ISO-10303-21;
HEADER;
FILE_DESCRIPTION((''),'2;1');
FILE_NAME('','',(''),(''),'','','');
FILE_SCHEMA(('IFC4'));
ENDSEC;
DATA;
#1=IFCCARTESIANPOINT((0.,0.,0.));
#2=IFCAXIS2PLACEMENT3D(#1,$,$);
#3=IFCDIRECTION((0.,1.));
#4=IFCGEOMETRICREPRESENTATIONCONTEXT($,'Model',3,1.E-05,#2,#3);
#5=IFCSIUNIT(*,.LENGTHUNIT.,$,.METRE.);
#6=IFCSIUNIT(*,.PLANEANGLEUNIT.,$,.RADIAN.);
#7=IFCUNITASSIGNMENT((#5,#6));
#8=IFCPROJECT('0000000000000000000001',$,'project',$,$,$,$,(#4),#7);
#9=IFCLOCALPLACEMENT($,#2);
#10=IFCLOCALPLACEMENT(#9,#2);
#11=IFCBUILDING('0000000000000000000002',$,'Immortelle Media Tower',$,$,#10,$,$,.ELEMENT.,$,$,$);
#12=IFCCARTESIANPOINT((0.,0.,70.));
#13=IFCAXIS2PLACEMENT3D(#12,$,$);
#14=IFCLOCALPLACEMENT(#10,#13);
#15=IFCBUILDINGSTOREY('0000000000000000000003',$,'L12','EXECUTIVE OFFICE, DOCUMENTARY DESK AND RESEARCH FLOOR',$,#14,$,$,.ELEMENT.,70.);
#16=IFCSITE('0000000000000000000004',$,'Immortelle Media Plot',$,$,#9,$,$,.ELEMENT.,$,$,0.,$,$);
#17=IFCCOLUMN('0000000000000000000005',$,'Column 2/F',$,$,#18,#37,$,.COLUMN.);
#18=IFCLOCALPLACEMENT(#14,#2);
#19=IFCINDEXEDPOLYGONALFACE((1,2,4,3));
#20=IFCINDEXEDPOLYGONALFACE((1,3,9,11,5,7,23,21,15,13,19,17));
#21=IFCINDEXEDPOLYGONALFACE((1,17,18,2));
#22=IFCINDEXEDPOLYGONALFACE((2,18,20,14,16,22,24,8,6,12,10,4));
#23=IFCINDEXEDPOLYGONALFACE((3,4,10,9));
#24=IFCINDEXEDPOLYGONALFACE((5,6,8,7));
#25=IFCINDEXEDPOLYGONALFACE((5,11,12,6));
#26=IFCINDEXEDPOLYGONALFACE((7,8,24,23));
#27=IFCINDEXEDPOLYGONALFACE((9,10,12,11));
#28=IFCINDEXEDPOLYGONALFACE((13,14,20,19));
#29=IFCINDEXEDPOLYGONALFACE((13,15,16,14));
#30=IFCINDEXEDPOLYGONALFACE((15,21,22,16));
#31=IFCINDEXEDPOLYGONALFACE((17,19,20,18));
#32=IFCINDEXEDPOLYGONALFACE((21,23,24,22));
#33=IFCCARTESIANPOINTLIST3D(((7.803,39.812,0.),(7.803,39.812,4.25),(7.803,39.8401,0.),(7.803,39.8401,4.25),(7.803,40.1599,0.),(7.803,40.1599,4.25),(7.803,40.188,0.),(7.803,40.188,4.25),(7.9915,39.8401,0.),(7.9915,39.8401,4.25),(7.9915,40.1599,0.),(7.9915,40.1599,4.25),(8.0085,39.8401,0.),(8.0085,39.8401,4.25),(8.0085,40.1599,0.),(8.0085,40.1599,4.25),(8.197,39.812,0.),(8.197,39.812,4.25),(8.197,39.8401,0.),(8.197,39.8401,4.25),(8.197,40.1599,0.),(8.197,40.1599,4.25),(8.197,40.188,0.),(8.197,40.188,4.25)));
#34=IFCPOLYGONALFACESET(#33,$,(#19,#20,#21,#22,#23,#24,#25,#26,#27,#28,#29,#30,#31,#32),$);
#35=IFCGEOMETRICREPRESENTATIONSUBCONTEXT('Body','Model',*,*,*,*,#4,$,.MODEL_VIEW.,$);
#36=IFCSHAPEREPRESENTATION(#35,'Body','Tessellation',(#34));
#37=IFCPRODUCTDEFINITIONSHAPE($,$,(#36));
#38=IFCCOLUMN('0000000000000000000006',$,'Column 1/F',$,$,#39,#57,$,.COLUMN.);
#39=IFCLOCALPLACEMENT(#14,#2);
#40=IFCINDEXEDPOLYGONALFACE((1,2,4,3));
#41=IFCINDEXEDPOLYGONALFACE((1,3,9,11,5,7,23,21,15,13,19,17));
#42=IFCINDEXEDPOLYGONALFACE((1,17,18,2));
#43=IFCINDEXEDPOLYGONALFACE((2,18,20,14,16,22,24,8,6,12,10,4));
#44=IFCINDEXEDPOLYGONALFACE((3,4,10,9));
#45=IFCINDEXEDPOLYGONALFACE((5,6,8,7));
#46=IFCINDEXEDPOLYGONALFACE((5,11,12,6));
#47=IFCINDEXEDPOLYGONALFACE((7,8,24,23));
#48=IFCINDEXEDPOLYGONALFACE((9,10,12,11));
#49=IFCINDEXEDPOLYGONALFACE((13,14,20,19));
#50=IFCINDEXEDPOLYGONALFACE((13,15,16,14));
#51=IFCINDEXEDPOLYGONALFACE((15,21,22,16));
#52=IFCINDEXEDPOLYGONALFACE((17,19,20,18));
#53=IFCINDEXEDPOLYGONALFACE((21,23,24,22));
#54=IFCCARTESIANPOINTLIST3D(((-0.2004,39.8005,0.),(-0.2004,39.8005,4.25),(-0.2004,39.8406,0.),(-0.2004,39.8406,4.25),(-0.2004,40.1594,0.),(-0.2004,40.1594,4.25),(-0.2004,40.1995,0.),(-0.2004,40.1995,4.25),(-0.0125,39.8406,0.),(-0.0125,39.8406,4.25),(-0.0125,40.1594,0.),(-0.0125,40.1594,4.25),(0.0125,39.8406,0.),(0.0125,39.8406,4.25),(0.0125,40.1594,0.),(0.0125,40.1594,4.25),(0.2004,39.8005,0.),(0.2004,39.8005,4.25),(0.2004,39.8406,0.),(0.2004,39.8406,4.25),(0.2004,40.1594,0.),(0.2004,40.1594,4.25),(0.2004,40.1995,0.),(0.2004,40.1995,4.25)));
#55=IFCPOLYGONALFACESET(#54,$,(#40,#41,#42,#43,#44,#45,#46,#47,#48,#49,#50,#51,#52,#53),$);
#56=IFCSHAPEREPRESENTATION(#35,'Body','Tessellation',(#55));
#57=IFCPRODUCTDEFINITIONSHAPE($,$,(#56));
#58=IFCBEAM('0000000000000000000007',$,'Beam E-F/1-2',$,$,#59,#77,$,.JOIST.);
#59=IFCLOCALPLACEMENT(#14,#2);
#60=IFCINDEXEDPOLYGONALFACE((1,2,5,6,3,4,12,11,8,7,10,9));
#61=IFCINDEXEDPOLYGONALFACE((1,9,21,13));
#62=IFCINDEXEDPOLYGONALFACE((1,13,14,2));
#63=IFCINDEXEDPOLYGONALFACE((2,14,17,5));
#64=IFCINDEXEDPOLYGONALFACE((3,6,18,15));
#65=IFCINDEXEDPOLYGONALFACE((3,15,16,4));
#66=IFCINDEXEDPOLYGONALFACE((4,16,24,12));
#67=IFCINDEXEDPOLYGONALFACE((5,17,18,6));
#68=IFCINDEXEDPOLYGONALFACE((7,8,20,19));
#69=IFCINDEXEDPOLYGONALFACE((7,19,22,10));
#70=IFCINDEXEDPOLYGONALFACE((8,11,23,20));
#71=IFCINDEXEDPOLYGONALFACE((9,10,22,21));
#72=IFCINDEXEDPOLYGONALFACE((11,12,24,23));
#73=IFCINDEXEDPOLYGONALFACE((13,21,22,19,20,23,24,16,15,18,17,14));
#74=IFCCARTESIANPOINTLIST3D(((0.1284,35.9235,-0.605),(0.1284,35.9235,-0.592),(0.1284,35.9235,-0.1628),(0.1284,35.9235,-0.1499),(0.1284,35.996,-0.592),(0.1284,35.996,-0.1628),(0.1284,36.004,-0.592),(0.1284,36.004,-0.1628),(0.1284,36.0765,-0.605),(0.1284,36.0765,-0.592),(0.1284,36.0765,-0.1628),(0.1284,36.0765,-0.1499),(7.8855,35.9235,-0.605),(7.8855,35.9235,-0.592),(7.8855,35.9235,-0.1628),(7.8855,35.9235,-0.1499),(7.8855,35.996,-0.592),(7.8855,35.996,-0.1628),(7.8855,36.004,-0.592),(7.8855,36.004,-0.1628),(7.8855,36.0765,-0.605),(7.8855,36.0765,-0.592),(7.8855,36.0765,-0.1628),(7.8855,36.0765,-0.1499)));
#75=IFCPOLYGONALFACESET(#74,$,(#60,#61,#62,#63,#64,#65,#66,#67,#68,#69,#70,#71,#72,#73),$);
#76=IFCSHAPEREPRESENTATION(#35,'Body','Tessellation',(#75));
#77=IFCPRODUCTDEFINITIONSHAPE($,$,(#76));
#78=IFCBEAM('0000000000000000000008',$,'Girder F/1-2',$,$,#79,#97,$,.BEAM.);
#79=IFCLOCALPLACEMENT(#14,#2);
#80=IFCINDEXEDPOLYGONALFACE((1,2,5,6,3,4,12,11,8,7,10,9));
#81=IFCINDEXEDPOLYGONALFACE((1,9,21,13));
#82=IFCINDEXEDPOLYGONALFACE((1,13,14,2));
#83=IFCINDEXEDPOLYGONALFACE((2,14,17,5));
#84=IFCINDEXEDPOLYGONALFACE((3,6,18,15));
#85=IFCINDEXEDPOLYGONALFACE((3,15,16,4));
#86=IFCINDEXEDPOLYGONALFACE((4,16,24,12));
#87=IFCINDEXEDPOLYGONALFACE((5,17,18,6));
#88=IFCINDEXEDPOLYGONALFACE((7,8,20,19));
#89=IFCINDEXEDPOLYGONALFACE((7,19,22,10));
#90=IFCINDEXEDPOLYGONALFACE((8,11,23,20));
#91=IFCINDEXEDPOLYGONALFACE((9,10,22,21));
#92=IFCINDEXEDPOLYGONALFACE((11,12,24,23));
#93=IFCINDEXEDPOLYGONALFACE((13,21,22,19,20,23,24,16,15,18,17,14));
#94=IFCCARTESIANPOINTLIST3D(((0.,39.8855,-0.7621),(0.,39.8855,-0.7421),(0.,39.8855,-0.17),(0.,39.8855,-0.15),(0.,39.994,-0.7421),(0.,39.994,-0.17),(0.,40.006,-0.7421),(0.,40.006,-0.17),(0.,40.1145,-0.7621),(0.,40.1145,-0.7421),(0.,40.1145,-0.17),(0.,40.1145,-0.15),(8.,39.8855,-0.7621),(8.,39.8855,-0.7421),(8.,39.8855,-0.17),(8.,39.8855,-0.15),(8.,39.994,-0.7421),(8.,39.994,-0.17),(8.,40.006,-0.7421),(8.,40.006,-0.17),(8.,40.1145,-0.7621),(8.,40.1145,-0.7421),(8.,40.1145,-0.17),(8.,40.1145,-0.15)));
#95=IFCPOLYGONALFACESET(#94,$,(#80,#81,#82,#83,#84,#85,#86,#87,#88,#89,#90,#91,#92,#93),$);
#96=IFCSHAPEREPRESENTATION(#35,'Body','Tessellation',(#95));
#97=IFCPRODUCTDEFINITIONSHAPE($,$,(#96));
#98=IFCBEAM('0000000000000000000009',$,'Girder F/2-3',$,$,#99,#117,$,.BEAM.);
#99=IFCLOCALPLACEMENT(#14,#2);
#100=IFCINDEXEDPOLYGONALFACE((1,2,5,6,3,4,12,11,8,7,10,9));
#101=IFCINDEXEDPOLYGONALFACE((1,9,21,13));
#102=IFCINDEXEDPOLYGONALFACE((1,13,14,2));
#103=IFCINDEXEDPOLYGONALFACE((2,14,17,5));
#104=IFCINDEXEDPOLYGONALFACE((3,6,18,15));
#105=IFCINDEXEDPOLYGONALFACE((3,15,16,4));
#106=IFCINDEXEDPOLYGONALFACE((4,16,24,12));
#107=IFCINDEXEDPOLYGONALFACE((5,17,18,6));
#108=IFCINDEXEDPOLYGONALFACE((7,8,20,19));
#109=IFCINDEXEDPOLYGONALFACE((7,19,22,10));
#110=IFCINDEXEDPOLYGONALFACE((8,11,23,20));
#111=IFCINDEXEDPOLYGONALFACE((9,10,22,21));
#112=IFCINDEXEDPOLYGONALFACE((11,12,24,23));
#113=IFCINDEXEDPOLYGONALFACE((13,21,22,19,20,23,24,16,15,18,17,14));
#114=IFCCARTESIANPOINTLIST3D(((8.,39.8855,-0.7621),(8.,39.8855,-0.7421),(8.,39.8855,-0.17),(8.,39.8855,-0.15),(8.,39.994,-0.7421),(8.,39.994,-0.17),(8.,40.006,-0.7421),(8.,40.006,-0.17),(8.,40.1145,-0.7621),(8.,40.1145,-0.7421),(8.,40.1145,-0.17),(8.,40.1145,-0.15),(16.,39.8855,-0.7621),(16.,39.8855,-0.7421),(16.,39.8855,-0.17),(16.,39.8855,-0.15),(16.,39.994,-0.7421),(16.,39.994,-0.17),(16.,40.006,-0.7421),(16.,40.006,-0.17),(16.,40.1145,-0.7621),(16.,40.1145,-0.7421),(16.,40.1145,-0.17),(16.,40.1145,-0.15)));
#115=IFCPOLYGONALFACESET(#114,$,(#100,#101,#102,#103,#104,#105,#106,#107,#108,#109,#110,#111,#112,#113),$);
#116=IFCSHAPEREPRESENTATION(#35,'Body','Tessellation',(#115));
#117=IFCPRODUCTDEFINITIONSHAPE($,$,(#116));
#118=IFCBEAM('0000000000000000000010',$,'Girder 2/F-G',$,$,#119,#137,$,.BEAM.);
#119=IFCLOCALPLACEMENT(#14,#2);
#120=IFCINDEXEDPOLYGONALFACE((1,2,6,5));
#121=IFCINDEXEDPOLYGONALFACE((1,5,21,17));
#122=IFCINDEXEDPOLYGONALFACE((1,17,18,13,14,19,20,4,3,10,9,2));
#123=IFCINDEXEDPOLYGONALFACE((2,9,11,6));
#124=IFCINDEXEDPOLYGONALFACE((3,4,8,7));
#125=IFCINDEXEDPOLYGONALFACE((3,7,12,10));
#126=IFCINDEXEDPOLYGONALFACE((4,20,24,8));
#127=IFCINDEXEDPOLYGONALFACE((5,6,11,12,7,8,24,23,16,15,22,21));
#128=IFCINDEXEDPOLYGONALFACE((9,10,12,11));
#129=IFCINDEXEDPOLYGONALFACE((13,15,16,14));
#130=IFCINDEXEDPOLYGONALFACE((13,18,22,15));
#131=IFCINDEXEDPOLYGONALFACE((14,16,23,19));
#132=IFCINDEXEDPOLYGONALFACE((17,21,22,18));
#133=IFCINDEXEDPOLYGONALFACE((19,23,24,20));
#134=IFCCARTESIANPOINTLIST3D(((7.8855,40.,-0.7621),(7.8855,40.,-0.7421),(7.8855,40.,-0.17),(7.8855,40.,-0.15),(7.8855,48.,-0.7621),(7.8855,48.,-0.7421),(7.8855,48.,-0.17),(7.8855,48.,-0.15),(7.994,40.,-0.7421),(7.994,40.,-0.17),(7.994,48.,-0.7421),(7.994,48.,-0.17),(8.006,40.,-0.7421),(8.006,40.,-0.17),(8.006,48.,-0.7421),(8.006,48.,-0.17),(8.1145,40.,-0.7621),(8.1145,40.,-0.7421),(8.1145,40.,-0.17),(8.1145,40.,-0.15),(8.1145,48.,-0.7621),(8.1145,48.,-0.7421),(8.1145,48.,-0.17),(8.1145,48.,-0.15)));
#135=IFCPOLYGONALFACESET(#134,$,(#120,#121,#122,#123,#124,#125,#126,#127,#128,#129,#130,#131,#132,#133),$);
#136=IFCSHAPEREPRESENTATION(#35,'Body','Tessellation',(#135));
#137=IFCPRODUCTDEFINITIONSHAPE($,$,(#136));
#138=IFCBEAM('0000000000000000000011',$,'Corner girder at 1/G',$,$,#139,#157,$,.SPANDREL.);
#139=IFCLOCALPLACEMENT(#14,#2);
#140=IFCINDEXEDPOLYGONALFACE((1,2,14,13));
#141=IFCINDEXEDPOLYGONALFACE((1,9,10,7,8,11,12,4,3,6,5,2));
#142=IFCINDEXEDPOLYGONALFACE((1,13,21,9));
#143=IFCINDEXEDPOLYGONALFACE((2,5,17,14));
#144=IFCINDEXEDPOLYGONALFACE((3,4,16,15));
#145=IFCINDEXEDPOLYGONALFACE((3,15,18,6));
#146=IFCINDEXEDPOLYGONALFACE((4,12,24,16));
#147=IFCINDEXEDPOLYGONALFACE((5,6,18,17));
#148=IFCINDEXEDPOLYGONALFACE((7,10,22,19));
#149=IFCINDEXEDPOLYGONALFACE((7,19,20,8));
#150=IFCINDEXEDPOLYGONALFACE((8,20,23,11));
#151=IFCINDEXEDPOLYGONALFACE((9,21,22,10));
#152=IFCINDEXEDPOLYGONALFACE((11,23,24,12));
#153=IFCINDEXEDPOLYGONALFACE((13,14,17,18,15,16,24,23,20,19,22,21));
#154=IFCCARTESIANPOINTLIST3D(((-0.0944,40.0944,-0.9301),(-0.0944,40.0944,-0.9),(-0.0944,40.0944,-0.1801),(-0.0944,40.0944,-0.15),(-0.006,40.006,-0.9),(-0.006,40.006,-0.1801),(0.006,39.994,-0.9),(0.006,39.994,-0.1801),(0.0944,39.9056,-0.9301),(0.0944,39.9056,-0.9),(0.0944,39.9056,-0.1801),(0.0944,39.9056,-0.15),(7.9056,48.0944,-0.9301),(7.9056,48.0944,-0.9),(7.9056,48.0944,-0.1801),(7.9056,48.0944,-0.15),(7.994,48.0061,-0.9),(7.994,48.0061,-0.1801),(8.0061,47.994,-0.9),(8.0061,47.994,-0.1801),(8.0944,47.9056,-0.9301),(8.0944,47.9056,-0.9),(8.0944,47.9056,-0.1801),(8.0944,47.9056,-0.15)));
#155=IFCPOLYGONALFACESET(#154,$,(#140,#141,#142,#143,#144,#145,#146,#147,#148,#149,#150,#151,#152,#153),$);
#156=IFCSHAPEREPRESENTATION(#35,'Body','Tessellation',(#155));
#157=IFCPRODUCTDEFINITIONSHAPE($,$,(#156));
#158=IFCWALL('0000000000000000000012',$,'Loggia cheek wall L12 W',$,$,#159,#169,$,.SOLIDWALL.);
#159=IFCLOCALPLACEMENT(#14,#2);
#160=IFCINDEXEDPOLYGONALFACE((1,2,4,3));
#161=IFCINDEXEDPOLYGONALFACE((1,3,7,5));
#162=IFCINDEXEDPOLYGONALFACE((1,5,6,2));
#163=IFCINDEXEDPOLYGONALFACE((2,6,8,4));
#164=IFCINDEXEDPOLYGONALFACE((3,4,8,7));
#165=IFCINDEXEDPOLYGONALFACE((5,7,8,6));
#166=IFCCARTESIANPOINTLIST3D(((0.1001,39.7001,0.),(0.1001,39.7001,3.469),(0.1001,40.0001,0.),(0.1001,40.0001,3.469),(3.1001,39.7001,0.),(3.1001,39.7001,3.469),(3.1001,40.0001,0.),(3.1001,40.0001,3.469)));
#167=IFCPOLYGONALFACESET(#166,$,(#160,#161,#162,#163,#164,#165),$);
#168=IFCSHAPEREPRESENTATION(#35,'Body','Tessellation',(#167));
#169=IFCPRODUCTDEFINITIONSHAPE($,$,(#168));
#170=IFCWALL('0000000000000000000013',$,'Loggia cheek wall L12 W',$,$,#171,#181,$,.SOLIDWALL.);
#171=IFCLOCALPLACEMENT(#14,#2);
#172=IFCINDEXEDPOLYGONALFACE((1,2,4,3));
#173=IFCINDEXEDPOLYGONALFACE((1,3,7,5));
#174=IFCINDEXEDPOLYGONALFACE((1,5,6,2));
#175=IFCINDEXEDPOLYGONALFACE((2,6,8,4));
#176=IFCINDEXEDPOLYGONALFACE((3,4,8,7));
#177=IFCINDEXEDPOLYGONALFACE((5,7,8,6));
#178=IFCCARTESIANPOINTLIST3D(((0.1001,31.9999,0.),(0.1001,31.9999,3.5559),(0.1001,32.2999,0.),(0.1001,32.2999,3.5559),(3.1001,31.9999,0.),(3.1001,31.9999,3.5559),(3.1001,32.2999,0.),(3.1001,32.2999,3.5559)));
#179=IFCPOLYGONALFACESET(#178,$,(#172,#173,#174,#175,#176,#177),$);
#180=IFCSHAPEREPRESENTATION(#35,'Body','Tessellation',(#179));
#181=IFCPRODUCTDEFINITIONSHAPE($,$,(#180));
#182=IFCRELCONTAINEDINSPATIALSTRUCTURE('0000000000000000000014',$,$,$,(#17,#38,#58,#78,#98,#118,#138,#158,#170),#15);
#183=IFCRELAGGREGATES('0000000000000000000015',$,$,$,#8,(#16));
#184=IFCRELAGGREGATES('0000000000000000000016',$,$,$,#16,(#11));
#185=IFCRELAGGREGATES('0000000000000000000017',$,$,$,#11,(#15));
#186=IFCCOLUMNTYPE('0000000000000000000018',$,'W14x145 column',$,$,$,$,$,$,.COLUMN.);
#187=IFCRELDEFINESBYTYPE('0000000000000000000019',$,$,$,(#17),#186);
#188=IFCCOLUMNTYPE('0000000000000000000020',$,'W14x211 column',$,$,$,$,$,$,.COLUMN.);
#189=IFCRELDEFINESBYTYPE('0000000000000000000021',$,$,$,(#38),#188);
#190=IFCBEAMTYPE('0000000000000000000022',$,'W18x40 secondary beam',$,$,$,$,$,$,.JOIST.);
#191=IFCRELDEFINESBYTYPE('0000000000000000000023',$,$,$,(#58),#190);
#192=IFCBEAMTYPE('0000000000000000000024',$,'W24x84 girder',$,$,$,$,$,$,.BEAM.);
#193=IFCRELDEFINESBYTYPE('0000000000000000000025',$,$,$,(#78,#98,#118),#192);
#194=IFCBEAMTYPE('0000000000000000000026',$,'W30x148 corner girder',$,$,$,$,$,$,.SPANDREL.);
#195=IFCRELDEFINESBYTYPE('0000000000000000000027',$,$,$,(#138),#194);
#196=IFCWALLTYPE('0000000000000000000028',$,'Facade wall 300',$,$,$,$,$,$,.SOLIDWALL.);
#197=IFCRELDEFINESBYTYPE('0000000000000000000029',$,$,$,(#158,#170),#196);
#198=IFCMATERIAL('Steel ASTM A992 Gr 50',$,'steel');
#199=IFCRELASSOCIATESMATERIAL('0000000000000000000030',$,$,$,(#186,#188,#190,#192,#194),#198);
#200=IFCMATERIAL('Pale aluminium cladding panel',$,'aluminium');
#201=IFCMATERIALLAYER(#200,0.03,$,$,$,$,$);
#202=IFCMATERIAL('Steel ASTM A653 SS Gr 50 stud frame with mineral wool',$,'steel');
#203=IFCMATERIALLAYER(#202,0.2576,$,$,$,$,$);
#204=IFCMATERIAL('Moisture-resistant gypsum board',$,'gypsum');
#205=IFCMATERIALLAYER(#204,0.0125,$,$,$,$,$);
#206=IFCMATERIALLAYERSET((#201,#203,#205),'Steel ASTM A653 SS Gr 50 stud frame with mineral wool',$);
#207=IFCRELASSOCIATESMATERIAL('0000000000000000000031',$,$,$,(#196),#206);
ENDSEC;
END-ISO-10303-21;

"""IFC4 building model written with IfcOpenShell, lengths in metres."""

from ifc_helpers import new_model, si_unit, direction, frame, frame_2d, origin, origin_2d, place, context, subcontext, project, spatial, rectangle, i_section, extrude, material, layer, layer_set, material_profile, profile_set, type_object, element, save


model = new_model("IFC4")

# Units and contexts
model_context = context("Model", 3, precision=1e-05, world=origin(), true_north=direction((0.0, 1.0)))
body_context = subcontext(model_context, "Body", "Model", "MODEL_VIEW")
ifc_project = project(units=[si_unit("LENGTHUNIT", "METRE"), si_unit("PLANEANGLEUNIT", "RADIAN")], contexts=[model_context])

# Site, building, storey
site_placement = place(None, origin())
site = spatial("IfcSite", under=ifc_project, at=site_placement, Name="Immortelle Media Plot", CompositionType="ELEMENT", RefElevation=0.0)
building_placement = place(site_placement, origin())
building = spatial("IfcBuilding", under=site, at=building_placement, Name="Immortelle Media Tower", CompositionType="ELEMENT")
storey_placement = place(building_placement, frame((0.0, 0.0, 70.0)))
storey = spatial("IfcBuildingStorey", under=building, at=storey_placement, Name="L12", Description="EXECUTIVE OFFICE, DOCUMENTARY DESK AND RESEARCH FLOOR", CompositionType="ELEMENT", Elevation=70.0)

# Columns
ifc_material_1 = material(Name="Steel ASTM A992 Gr 50", Category="steel")
ifc_material_profile_1 = material_profile(ifc_material_1, i_section(OverallWidth=0.394, OverallDepth=0.376, WebThickness=0.0171, FlangeThickness=0.0281, at=origin_2d()), Name="W14x145")
ifc_profile_set_1 = profile_set([ifc_material_profile_1], Name="Steel ASTM A992 Gr 50")
column_type_1 = type_object("IfcColumnType", Name="W14x145 column", PredefinedType="COLUMN", material=ifc_profile_set_1)
column_1_placement = place(storey_placement, frame((8.0, 40.0, 0.0), z_axis=(0.0, 0.0, 1.0), x_axis=(1.0, 0.0, 0.0)))
element("IfcColumn", 1, at=column_1_placement, inside=storey, type_object=column_type_1, Name="Column 2/F", PredefinedType="COLUMN", context=body_context, shape_type="SweptSolid", body=[
    extrude(i_section(OverallWidth=0.394, OverallDepth=0.376, WebThickness=0.0171, FlangeThickness=0.0281, at=origin_2d()), origin(), (0.0, 0.0, 1.0), 4.25),
])
ifc_material_profile_2 = material_profile(ifc_material_1, i_section(OverallWidth=0.4009, OverallDepth=0.3989, WebThickness=0.0249, FlangeThickness=0.04, at=origin_2d()), Name="W14x211")
ifc_profile_set_2 = profile_set([ifc_material_profile_2], Name="Steel ASTM A992 Gr 50")
column_type_2 = type_object("IfcColumnType", Name="W14x211 column", PredefinedType="COLUMN", material=ifc_profile_set_2)
column_2_placement = place(storey_placement, frame((0.0, 40.0, 0.0), z_axis=(0.0, 0.0, 1.0), x_axis=(1.0, 0.0, 0.0)))
element("IfcColumn", 2, at=column_2_placement, inside=storey, type_object=column_type_2, Name="Column 1/F", PredefinedType="COLUMN", context=body_context, shape_type="SweptSolid", body=[
    extrude(i_section(OverallWidth=0.4009, OverallDepth=0.3989, WebThickness=0.0249, FlangeThickness=0.04, at=origin_2d()), origin(), (0.0, 0.0, 1.0), 4.25),
])

# Beams
ifc_material_profile_3 = material_profile(ifc_material_1, i_section(OverallWidth=0.1531, OverallDepth=0.4551, WebThickness=0.0081, FlangeThickness=0.0129, at=origin_2d()), Name="W18x40")
ifc_profile_set_3 = profile_set([ifc_material_profile_3], Name="Steel ASTM A992 Gr 50")
beam_type_1 = type_object("IfcBeamType", Name="W18x40 secondary beam", PredefinedType="JOIST", material=ifc_profile_set_3)
beam_1_placement = place(storey_placement, frame((0.1284, 36.0, -0.3774), z_axis=(1.0, 0.0, 0.0), x_axis=(0.0, 1.0, 0.0)))
element("IfcBeam", 3, at=beam_1_placement, inside=storey, type_object=beam_type_1, Name="Beam E-F/1-2", PredefinedType="JOIST", context=body_context, shape_type="SweptSolid", body=[
    extrude(i_section(OverallWidth=0.1531, OverallDepth=0.4551, WebThickness=0.0081, FlangeThickness=0.0129, at=origin_2d()), origin(), (0.0, 0.0, 1.0), 7.7571),
])
ifc_material_profile_4 = material_profile(ifc_material_1, i_section(OverallWidth=0.229, OverallDepth=0.6121, WebThickness=0.012, FlangeThickness=0.02, at=origin_2d()), Name="W24x84")
ifc_profile_set_4 = profile_set([ifc_material_profile_4], Name="Steel ASTM A992 Gr 50")
beam_type_2 = type_object("IfcBeamType", Name="W24x84 girder", PredefinedType="BEAM", material=ifc_profile_set_4)
for number, where, z_axis, x_axis, name in (
    (4, (0.0, 40.0, -0.4561), (1.0, 0.0, 0.0), (0.0, 1.0, 0.0), "Girder F/1-2"),
    (5, (8.0, 40.0, -0.4561), (1.0, 0.0, 0.0), (0.0, 1.0, 0.0), "Girder F/2-3"),
    (6, (8.0, 40.0, -0.4561), (0.0, 1.0, 0.0), (-1.0, 0.0, 0.0), "Girder 2/F-G"),
):
    element("IfcBeam", number, at=place(storey_placement, frame(where, z_axis=z_axis, x_axis=x_axis)), inside=storey, type_object=beam_type_2, Name=name, PredefinedType="BEAM", context=body_context, shape_type="SweptSolid", body=[
        extrude(i_section(OverallWidth=0.229, OverallDepth=0.6121, WebThickness=0.012, FlangeThickness=0.02, at=origin_2d()), origin(), (0.0, 0.0, 1.0), 8.0),
    ])
ifc_material_profile_5 = material_profile(ifc_material_1, i_section(OverallWidth=0.2671, OverallDepth=0.78, WebThickness=0.0171, FlangeThickness=0.03, at=origin_2d()), Name="W30x148")
ifc_profile_set_5 = profile_set([ifc_material_profile_5], Name="Steel ASTM A992 Gr 50")
beam_type_3 = type_object("IfcBeamType", Name="W30x148 corner girder", PredefinedType="SPANDREL", material=ifc_profile_set_5)
beam_2_placement = place(storey_placement, frame((0.0, 40.0, -0.54), z_axis=(0.707107, 0.707107, 0.0), x_axis=(-0.707107, 0.707107, 0.0)))
element("IfcBeam", 7, at=beam_2_placement, inside=storey, type_object=beam_type_3, Name="Corner girder at 1/G", PredefinedType="SPANDREL", context=body_context, shape_type="SweptSolid", body=[
    extrude(i_section(OverallWidth=0.2671, OverallDepth=0.78, WebThickness=0.0171, FlangeThickness=0.03, at=origin_2d()), origin(), (0.0, 0.0, 1.0), 11.3137),
])

# Shared definitions
ifc_material_2 = material(Name="Pale aluminium cladding panel", Category="aluminium")
ifc_layer_1 = layer(ifc_material_2, 0.03)
ifc_material_3 = material(Name="Steel ASTM A653 SS Gr 50 stud frame with mineral wool", Category="steel")
ifc_layer_2 = layer(ifc_material_3, 0.2576)
ifc_material_4 = material(Name="Moisture-resistant gypsum board", Category="gypsum")
ifc_layer_3 = layer(ifc_material_4, 0.0125)
ifc_layer_set_1 = layer_set([ifc_layer_1, ifc_layer_2, ifc_layer_3], Name="Steel ASTM A653 SS Gr 50 stud frame with mineral wool")
wall_type_1 = type_object("IfcWallType", Name="Facade wall 300", PredefinedType="SOLIDWALL", material=ifc_layer_set_1)

# Walls
wall_1_placement = place(storey_placement, frame((0.1001, 39.8501, 0.0), z_axis=(0.0, 0.0, 1.0), x_axis=(1.0, 0.0, 0.0)))
element("IfcWall", 8, at=wall_1_placement, inside=storey, type_object=wall_type_1, Name="Loggia cheek wall L12 W", PredefinedType="SOLIDWALL", context=body_context, shape_type="SweptSolid", body=[
    extrude(rectangle(XDim=3.0, YDim=0.3, at=frame_2d((1.5, 0.0))), origin(), (0.0, 0.0, 1.0), 3.469),
])
wall_2_placement = place(storey_placement, frame((0.1001, 32.1499, 0.0), z_axis=(0.0, 0.0, 1.0), x_axis=(1.0, 0.0, 0.0)))
element("IfcWall", 9, at=wall_2_placement, inside=storey, type_object=wall_type_1, Name="Loggia cheek wall L12 W", PredefinedType="SOLIDWALL", context=body_context, shape_type="SweptSolid", body=[
    extrude(rectangle(XDim=3.0, YDim=0.3, at=frame_2d((1.5, 0.0))), origin(), (0.0, 0.0, 1.0), 3.5559),
])

save(model, "model.ifc")
